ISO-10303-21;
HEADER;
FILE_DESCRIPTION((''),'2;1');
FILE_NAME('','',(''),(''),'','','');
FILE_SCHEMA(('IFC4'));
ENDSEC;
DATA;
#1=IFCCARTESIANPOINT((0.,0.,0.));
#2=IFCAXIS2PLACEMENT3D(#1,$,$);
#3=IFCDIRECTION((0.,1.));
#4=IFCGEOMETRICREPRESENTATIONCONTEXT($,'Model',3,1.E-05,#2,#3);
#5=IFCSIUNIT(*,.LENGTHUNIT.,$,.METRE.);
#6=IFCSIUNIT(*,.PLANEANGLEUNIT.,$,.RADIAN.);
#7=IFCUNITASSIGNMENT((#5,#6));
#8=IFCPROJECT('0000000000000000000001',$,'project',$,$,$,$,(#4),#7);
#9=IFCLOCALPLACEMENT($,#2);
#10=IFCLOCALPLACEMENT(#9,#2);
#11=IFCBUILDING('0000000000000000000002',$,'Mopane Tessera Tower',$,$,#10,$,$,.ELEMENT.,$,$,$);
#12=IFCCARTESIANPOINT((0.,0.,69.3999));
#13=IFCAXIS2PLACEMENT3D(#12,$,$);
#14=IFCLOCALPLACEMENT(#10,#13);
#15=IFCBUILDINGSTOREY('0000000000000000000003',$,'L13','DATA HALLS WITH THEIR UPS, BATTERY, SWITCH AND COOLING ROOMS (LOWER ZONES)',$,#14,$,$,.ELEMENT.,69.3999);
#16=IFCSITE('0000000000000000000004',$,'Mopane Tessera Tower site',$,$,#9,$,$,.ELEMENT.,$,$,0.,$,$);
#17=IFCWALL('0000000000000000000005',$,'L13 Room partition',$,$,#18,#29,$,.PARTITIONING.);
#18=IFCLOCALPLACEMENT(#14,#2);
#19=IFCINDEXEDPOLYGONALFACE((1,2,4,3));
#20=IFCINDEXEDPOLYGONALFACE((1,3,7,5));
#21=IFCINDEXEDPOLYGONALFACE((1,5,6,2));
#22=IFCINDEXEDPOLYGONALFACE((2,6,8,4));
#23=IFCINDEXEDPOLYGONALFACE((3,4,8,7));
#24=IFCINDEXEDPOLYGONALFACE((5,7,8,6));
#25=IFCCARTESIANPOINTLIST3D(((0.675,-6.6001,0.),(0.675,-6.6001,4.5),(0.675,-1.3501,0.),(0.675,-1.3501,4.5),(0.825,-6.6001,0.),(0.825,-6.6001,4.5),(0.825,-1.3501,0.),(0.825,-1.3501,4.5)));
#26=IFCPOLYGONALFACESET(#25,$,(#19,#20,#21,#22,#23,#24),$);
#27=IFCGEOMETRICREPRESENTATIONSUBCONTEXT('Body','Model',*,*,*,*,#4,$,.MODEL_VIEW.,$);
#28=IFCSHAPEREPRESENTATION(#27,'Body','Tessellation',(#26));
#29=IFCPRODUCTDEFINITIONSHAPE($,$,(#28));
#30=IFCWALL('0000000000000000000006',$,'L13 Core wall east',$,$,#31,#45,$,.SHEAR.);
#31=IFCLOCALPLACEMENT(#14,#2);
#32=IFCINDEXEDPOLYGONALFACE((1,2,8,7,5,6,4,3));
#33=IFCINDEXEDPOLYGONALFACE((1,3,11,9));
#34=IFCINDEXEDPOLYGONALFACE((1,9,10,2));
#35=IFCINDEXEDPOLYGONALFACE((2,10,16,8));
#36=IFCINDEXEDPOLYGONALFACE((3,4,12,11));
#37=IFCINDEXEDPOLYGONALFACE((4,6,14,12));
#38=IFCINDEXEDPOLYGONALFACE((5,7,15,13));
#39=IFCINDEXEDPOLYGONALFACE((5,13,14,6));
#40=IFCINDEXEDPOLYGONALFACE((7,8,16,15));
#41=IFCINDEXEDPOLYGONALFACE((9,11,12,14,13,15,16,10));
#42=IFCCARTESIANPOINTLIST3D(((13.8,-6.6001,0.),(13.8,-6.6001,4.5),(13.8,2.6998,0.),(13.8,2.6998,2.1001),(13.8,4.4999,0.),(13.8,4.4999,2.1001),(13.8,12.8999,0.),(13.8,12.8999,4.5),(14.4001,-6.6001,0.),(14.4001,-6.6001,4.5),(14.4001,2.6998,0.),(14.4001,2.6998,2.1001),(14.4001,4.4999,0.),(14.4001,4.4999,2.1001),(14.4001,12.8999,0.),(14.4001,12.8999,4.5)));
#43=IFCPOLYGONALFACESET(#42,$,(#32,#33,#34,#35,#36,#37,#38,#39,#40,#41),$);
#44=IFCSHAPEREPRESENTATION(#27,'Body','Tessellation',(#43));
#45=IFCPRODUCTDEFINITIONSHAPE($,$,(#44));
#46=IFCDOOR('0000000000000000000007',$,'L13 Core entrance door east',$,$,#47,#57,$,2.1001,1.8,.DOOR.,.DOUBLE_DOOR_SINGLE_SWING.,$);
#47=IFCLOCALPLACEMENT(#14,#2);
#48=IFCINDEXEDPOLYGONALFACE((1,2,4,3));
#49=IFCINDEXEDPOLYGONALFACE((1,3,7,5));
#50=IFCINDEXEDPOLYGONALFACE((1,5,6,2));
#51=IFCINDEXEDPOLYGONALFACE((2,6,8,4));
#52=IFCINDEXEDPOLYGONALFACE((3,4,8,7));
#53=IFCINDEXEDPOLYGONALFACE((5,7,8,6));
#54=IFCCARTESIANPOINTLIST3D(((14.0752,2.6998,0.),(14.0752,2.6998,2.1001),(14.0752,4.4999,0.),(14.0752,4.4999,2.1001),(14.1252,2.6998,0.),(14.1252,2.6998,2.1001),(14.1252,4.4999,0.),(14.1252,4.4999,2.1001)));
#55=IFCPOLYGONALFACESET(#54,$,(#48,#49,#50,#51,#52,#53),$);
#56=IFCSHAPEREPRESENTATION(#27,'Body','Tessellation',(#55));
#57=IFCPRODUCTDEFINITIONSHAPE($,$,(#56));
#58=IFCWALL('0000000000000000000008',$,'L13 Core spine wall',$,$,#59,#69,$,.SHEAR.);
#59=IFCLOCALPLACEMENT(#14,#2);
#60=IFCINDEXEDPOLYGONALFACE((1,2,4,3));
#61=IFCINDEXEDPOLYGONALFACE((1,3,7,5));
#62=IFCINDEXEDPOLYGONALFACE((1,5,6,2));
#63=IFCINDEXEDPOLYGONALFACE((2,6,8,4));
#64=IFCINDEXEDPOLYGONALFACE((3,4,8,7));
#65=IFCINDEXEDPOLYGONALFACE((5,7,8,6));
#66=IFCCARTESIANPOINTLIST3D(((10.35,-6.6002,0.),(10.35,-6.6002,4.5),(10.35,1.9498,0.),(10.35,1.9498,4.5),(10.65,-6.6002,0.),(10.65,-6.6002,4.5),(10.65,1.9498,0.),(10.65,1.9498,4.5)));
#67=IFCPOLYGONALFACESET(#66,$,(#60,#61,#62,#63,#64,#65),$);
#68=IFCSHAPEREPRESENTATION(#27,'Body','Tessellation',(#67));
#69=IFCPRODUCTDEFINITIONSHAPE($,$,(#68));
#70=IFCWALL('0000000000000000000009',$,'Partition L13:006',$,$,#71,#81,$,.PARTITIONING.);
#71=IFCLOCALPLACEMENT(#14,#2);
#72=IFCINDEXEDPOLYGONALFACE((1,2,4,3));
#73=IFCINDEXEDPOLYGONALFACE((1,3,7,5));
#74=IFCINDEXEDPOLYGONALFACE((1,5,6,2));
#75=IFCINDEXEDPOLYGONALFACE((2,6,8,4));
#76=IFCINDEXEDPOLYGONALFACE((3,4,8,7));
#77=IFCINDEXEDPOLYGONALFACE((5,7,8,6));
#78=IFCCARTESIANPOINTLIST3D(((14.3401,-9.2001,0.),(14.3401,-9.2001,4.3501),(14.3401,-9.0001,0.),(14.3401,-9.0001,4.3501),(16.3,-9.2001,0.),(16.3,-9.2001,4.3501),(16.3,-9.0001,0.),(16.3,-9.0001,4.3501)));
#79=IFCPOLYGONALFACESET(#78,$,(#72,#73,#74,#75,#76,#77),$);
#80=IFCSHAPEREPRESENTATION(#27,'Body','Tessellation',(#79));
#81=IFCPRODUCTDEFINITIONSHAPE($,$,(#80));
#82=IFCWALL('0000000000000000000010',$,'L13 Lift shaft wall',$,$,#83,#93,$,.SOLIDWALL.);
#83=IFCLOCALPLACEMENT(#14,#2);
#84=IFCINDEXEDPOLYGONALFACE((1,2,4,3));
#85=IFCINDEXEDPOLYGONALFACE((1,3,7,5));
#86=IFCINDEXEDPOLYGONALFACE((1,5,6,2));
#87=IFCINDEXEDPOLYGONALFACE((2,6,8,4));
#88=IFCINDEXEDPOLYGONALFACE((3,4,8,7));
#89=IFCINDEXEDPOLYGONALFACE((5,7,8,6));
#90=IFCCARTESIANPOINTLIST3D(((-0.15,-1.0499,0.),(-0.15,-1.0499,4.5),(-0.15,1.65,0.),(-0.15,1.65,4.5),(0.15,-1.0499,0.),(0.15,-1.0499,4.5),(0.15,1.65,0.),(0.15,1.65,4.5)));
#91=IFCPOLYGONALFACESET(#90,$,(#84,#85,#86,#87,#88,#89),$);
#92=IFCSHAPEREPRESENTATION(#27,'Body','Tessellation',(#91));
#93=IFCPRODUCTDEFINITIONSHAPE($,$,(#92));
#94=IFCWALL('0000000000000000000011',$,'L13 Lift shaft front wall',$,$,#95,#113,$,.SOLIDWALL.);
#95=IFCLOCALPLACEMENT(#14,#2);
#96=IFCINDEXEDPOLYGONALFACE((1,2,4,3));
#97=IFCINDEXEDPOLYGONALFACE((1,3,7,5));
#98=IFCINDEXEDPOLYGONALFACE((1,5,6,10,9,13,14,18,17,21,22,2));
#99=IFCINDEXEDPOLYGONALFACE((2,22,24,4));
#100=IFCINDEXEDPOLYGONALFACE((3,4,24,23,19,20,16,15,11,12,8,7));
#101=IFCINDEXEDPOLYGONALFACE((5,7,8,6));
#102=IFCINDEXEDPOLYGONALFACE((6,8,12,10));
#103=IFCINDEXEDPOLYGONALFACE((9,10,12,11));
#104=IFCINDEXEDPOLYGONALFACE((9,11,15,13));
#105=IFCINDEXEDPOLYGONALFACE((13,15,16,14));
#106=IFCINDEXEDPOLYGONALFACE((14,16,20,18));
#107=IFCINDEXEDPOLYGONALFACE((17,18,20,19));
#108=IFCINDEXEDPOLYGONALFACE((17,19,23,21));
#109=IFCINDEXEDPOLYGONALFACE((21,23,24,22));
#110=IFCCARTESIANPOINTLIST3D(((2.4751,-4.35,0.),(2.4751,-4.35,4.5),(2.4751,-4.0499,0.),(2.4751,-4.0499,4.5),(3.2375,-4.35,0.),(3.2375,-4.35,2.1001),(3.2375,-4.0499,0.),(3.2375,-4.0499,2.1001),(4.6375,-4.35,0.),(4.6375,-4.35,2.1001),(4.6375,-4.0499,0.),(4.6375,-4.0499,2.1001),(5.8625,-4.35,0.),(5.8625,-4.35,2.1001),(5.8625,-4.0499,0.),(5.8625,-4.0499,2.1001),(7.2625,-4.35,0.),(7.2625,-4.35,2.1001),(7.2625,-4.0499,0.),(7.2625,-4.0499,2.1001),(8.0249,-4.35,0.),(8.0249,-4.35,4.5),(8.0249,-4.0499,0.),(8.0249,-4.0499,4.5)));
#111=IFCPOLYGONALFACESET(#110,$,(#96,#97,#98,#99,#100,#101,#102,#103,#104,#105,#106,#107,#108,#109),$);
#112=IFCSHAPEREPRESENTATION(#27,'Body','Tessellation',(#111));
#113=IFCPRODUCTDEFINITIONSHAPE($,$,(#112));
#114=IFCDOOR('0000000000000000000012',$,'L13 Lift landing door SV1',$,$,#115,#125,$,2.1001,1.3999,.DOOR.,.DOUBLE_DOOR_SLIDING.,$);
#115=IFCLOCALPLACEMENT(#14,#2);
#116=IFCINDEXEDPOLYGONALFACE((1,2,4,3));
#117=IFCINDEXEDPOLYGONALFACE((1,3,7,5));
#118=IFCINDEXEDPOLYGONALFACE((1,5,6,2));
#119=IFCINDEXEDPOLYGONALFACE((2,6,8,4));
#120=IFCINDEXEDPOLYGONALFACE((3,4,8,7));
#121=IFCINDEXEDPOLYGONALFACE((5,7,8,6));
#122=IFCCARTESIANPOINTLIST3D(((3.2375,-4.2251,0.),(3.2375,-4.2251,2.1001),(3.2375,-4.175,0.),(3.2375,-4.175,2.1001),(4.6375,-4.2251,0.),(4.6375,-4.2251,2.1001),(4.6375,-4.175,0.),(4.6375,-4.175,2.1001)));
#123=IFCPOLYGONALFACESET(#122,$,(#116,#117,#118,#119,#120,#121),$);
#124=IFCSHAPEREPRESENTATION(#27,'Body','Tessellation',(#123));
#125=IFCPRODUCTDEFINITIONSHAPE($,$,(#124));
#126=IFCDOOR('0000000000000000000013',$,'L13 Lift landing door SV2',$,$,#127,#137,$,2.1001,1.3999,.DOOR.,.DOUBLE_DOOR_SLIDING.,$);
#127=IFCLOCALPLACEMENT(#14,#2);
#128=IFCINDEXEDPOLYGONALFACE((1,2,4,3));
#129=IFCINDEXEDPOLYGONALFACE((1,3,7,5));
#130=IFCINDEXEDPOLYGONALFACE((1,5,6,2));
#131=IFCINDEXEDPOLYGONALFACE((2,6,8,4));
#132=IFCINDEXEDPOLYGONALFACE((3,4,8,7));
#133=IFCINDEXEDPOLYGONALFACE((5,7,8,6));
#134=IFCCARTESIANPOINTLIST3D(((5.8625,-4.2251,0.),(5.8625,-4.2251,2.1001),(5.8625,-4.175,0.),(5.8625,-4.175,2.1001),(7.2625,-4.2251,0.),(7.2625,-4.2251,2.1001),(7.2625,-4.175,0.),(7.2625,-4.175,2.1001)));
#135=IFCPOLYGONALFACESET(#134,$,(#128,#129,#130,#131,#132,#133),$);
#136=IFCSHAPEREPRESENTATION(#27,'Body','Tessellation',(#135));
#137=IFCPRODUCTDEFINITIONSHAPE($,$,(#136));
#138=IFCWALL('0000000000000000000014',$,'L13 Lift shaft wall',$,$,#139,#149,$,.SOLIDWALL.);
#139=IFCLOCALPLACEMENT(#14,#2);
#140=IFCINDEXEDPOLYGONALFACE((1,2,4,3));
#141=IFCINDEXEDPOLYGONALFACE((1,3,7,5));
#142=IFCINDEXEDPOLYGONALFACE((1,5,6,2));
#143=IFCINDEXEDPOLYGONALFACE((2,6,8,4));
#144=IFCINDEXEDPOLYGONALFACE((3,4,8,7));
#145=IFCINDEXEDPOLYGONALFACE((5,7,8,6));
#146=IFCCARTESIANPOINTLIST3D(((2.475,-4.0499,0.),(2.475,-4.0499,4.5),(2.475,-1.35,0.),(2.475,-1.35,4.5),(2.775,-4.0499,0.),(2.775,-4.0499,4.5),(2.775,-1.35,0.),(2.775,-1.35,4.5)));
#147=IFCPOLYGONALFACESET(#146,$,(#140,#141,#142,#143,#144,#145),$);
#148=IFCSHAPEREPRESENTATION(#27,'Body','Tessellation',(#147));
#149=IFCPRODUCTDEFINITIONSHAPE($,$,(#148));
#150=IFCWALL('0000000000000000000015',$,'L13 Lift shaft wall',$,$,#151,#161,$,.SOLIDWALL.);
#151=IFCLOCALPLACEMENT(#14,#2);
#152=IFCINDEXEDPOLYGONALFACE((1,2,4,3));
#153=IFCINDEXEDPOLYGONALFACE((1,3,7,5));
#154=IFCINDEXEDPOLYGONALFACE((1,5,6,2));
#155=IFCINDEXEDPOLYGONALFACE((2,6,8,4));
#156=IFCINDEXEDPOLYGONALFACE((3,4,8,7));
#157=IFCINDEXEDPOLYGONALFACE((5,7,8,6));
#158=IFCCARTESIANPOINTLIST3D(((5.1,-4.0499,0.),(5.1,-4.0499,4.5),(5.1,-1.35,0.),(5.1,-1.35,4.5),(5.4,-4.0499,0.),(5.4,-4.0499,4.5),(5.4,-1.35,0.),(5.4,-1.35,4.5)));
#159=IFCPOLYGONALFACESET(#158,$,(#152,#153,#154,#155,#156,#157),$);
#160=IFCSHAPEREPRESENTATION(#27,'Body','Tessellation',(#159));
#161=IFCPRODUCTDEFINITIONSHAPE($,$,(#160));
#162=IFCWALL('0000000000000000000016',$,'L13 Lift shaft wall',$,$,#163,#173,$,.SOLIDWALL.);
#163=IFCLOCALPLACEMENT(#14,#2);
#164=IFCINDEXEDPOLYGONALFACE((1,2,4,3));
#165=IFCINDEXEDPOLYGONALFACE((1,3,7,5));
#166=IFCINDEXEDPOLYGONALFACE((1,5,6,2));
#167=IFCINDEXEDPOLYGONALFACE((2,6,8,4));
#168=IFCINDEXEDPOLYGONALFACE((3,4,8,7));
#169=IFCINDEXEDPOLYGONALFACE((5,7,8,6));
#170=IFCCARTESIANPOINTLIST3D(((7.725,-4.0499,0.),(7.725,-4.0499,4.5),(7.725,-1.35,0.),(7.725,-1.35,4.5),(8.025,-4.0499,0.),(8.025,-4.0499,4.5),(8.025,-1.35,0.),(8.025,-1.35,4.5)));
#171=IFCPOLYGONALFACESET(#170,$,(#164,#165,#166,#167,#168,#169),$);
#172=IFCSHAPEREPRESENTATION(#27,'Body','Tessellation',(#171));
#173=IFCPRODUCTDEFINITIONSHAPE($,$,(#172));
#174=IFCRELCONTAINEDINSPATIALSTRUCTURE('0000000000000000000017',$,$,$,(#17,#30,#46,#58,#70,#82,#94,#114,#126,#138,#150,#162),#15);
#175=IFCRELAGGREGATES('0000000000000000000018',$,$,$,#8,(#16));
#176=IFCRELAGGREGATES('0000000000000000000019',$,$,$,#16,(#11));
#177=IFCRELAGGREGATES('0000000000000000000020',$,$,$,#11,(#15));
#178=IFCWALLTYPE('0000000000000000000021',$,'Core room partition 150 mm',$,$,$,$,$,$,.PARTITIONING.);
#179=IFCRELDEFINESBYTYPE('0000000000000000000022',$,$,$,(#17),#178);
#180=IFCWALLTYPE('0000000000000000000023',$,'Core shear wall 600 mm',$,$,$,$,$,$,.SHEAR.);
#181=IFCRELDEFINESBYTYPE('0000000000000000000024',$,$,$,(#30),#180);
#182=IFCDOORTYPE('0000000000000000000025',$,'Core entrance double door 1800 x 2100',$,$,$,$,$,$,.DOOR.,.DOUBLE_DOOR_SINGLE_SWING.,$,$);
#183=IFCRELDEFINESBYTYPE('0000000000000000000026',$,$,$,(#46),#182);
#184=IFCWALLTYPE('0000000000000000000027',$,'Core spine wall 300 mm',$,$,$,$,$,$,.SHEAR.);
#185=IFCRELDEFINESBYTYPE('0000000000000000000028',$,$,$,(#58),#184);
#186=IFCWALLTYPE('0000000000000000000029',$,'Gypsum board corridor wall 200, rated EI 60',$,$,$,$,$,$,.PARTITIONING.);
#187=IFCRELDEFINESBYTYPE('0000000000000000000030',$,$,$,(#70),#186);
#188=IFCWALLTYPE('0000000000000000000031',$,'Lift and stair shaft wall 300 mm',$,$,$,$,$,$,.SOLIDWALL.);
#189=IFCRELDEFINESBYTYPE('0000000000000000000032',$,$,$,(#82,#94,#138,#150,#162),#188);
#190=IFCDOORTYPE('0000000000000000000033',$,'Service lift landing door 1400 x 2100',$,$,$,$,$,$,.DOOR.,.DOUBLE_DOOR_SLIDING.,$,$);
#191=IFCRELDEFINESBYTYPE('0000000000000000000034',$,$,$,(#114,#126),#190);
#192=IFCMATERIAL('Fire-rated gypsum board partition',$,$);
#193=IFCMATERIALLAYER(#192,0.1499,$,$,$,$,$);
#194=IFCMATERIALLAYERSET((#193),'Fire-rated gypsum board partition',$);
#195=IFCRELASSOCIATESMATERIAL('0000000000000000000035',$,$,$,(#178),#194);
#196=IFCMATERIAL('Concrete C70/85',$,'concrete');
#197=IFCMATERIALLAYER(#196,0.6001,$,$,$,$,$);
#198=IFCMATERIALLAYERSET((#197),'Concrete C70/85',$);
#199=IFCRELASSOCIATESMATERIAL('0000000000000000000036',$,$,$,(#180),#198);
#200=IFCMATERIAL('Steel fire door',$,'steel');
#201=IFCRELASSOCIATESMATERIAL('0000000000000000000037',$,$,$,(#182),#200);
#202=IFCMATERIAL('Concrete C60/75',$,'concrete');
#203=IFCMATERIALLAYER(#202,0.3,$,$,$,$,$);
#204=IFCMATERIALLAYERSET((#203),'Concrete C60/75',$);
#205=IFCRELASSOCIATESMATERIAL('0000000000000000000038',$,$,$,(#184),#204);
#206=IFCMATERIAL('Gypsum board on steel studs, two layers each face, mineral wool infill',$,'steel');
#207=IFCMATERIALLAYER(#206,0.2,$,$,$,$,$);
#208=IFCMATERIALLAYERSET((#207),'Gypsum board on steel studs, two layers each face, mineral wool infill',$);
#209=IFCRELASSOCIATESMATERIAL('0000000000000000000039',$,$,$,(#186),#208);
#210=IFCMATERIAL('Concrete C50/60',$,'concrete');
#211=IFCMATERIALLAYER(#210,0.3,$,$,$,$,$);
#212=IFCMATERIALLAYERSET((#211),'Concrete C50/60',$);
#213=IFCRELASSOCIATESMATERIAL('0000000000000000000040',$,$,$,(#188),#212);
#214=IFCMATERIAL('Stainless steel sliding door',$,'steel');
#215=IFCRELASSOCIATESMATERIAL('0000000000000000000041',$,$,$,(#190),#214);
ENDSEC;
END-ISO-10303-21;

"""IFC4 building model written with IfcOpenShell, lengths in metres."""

from ifc_helpers import new_model, si_unit, direction, frame, frame_2d, origin, place, context, subcontext, project, spatial, rectangle, extrude, material, layer, layer_set, type_object, element, fill, save


model = new_model("IFC4")

# Units and contexts
model_context = context("Model", 3, precision=1e-05, world=origin(), true_north=direction((0.0, 1.0)))
body_context = subcontext(model_context, "Body", "Model", "MODEL_VIEW")
ifc_project = project(units=[si_unit("LENGTHUNIT", "METRE"), si_unit("PLANEANGLEUNIT", "RADIAN")], contexts=[model_context])

# Site, building, storey
site_placement = place(None, origin())
site = spatial("IfcSite", under=ifc_project, at=site_placement, Name="Mopane Tessera Tower site", CompositionType="ELEMENT", RefElevation=0.0)
building_placement = place(site_placement, origin())
building = spatial("IfcBuilding", under=site, at=building_placement, Name="Mopane Tessera Tower", CompositionType="ELEMENT")
storey_placement = place(building_placement, frame((0.0, 0.0, 69.3999)))
storey = spatial("IfcBuildingStorey", under=building, at=storey_placement, Name="L13", Description="DATA HALLS WITH THEIR UPS, BATTERY, SWITCH AND COOLING ROOMS (LOWER ZONES)", CompositionType="ELEMENT", Elevation=69.3999)

# Wall
ifc_material_1 = material(Name="Fire-rated gypsum board partition")
ifc_layer_1 = layer(ifc_material_1, 0.1499)
ifc_layer_set_1 = layer_set([ifc_layer_1], Name="Fire-rated gypsum board partition")
wall_type_1 = type_object("IfcWallType", Name="Core room partition 150 mm", PredefinedType="PARTITIONING", material=ifc_layer_set_1)
wall_1_placement = place(storey_placement, frame((0.75, -6.6001, 0.0), z_axis=(0.0, 0.0, 1.0), x_axis=(0.0, 1.0, 0.0)))
element("IfcWall", 1, at=wall_1_placement, inside=storey, type_object=wall_type_1, Name="L13 Room partition", PredefinedType="PARTITIONING", context=body_context, shape_type="SweptSolid", body=[
    extrude(rectangle(XDim=5.25, YDim=0.1499, at=frame_2d((2.625, 0.0))), origin(), (0.0, 0.0, 1.0), 4.5),
])

# Wall, opening, door
ifc_material_2 = material(Name="Concrete C70/85", Category="concrete")
ifc_layer_2 = layer(ifc_material_2, 0.6001)
ifc_layer_set_2 = layer_set([ifc_layer_2], Name="Concrete C70/85")
wall_type_2 = type_object("IfcWallType", Name="Core shear wall 600 mm", PredefinedType="SHEAR", material=ifc_layer_set_2)
wall_2_placement = place(storey_placement, frame((14.1001, -6.6001, 0.0), z_axis=(0.0, 0.0, 1.0), x_axis=(0.0, 1.0, 0.0)))
wall_2 = element("IfcWall", 2, at=wall_2_placement, inside=storey, type_object=wall_type_2, Name="L13 Core wall east", PredefinedType="SHEAR", context=body_context, shape_type="SweptSolid", body=[
    extrude(rectangle(XDim=19.5, YDim=0.6001, at=frame_2d((9.75, 0.0))), origin(), (0.0, 0.0, 1.0), 4.5),
])
opening_1_placement = place(wall_2_placement, frame((9.3, 0.0, 0.0)))
opening_1 = element("IfcOpeningElement", 3, at=opening_1_placement, cuts=wall_2, PredefinedType="OPENING", context=body_context, shape_type="SweptSolid", body=[
    extrude(rectangle(XDim=1.8, YDim=2.1001, at=frame_2d((0.8999, 1.05))), frame((0.0, 0.312, 0.0), z_axis=(0.0, -1.0, 0.0), x_axis=(1.0, 0.0, 0.0)), (0.0, 0.0, 1.0), 0.624),
])
ifc_material_3 = material(Name="Steel fire door", Category="steel")
door_type_1 = type_object("IfcDoorType", Name="Core entrance double door 1800 x 2100", OperationType="DOUBLE_DOOR_SINGLE_SWING", PredefinedType="DOOR", material=ifc_material_3)
door_1_placement = place(opening_1_placement, origin())
door_1 = element("IfcDoor", 4, at=door_1_placement, inside=storey, type_object=door_type_1, Name="L13 Core entrance door east", OperationType="DOUBLE_DOOR_SINGLE_SWING", OverallHeight=2.1001, OverallWidth=1.8, PredefinedType="DOOR", context=body_context, shape_type="SweptSolid", body=[
    extrude(rectangle(XDim=1.8, YDim=2.1001, at=frame_2d((0.8999, 1.05))), frame((0.0, 0.0249, 0.0), z_axis=(0.0, -1.0, 0.0), x_axis=(1.0, 0.0, 0.0)), (0.0, 0.0, 1.0), 0.05),
])
fill(opening_1, door_1)

# Walls
ifc_material_4 = material(Name="Concrete C60/75", Category="concrete")
ifc_layer_3 = layer(ifc_material_4, 0.3)
ifc_layer_set_3 = layer_set([ifc_layer_3], Name="Concrete C60/75")
wall_type_3 = type_object("IfcWallType", Name="Core spine wall 300 mm", PredefinedType="SHEAR", material=ifc_layer_set_3)
wall_3_placement = place(storey_placement, frame((10.5, -6.6001, 0.0), z_axis=(0.0, 0.0, 1.0), x_axis=(0.0, 1.0, 0.0)))
element("IfcWall", 5, at=wall_3_placement, inside=storey, type_object=wall_type_3, Name="L13 Core spine wall", PredefinedType="SHEAR", context=body_context, shape_type="SweptSolid", body=[
    extrude(rectangle(XDim=8.55, YDim=0.3, at=frame_2d((4.2749, 0.0))), origin(), (0.0, 0.0, 1.0), 4.5),
])
ifc_material_5 = material(Name="Gypsum board on steel studs, two layers each face, mineral wool infill", Category="steel")
ifc_layer_4 = layer(ifc_material_5, 0.2)
ifc_layer_set_4 = layer_set([ifc_layer_4], Name="Gypsum board on steel studs, two layers each face, mineral wool infill")
wall_type_4 = type_object("IfcWallType", Name="Gypsum board corridor wall 200, rated EI 60", PredefinedType="PARTITIONING", material=ifc_layer_set_4)
wall_4_placement = place(storey_placement, frame((14.3401, -9.1001, 0.0), z_axis=(0.0, 0.0, 1.0), x_axis=(1.0, 0.0, 0.0)))
element("IfcWall", 6, at=wall_4_placement, inside=storey, type_object=wall_type_4, Name="Partition L13:006", PredefinedType="PARTITIONING", context=body_context, shape_type="SweptSolid", body=[
    extrude(rectangle(XDim=1.96, YDim=0.2, at=frame_2d((0.98, 0.0))), origin(), (0.0, 0.0, 1.0), 4.3501),
])
ifc_material_6 = material(Name="Concrete C50/60", Category="concrete")
ifc_layer_5 = layer(ifc_material_6, 0.3)
ifc_layer_set_5 = layer_set([ifc_layer_5], Name="Concrete C50/60")
wall_type_5 = type_object("IfcWallType", Name="Lift and stair shaft wall 300 mm", PredefinedType="SOLIDWALL", material=ifc_layer_set_5)
wall_5_placement = place(storey_placement, frame((0.0, -1.05, 0.0), z_axis=(0.0, 0.0, 1.0), x_axis=(0.0, 1.0, 0.0)))
element("IfcWall", 7, at=wall_5_placement, inside=storey, type_object=wall_type_5, Name="L13 Lift shaft wall", PredefinedType="SOLIDWALL", context=body_context, shape_type="SweptSolid", body=[
    extrude(rectangle(XDim=2.7, YDim=0.3, at=frame_2d((1.3501, 0.0))), origin(), (0.0, 0.0, 1.0), 4.5),
])

# Wall, openings, doors
wall_6_placement = place(storey_placement, frame((2.4751, -4.2, 0.0), z_axis=(0.0, 0.0, 1.0), x_axis=(1.0, 0.0, 0.0)))
wall_6 = element("IfcWall", 8, at=wall_6_placement, inside=storey, type_object=wall_type_5, Name="L13 Lift shaft front wall", PredefinedType="SOLIDWALL", context=body_context, shape_type="SweptSolid", body=[
    extrude(rectangle(XDim=5.5498, YDim=0.3, at=frame_2d((2.7749, 0.0))), origin(), (0.0, 0.0, 1.0), 4.5),
])
opening_2_placement = place(wall_6_placement, frame((0.7625, 0.0, 0.0)))
opening_2 = element("IfcOpeningElement", 9, at=opening_2_placement, cuts=wall_6, PredefinedType="OPENING", context=body_context, shape_type="SweptSolid", body=[
    extrude(rectangle(XDim=1.3999, YDim=2.1001, at=frame_2d((0.7, 1.05))), frame((0.0, 0.1621, 0.0), z_axis=(0.0, -1.0, 0.0), x_axis=(1.0, 0.0, 0.0)), (0.0, 0.0, 1.0), 0.324),
])
opening_3_placement = place(wall_6_placement, frame((3.3875, 0.0, 0.0)))
opening_3 = element("IfcOpeningElement", 10, at=opening_3_placement, cuts=wall_6, PredefinedType="OPENING", context=body_context, shape_type="SweptSolid", body=[
    extrude(rectangle(XDim=1.3999, YDim=2.1001, at=frame_2d((0.7, 1.05))), frame((0.0, 0.1621, 0.0), z_axis=(0.0, -1.0, 0.0), x_axis=(1.0, 0.0, 0.0)), (0.0, 0.0, 1.0), 0.324),
])
ifc_material_7 = material(Name="Stainless steel sliding door", Category="steel")
door_type_2 = type_object("IfcDoorType", Name="Service lift landing door 1400 x 2100", OperationType="DOUBLE_DOOR_SLIDING", PredefinedType="DOOR", material=ifc_material_7)
door_2_placement = place(opening_2_placement, origin())
door_2 = element("IfcDoor", 11, at=door_2_placement, inside=storey, type_object=door_type_2, Name="L13 Lift landing door SV1", OperationType="DOUBLE_DOOR_SLIDING", OverallHeight=2.1001, OverallWidth=1.3999, PredefinedType="DOOR", context=body_context, shape_type="SweptSolid", body=[
    extrude(rectangle(XDim=1.3999, YDim=2.1001, at=frame_2d((0.7, 1.05))), frame((0.0, 0.0249, 0.0), z_axis=(0.0, -1.0, 0.0), x_axis=(1.0, 0.0, 0.0)), (0.0, 0.0, 1.0), 0.05),
])
fill(opening_2, door_2)
door_3_placement = place(opening_3_placement, origin())
door_3 = element("IfcDoor", 12, at=door_3_placement, inside=storey, type_object=door_type_2, Name="L13 Lift landing door SV2", OperationType="DOUBLE_DOOR_SLIDING", OverallHeight=2.1001, OverallWidth=1.3999, PredefinedType="DOOR", context=body_context, shape_type="SweptSolid", body=[
    extrude(rectangle(XDim=1.3999, YDim=2.1001, at=frame_2d((0.7, 1.05))), frame((0.0, 0.0249, 0.0), z_axis=(0.0, -1.0, 0.0), x_axis=(1.0, 0.0, 0.0)), (0.0, 0.0, 1.0), 0.05),
])
fill(opening_3, door_3)

# Walls
for number, where, z_axis, x_axis, name in (
    (13, (2.625, -4.05, 0.0), (0.0, 0.0, 1.0), (0.0, 1.0, 0.0), "L13 Lift shaft wall"),
    (14, (5.25, -4.05, 0.0), (0.0, 0.0, 1.0), (0.0, 1.0, 0.0), "L13 Lift shaft wall"),
    (15, (7.875, -4.05, 0.0), (0.0, 0.0, 1.0), (0.0, 1.0, 0.0), "L13 Lift shaft wall"),
):
    element("IfcWall", number, at=place(storey_placement, frame(where, z_axis=z_axis, x_axis=x_axis)), inside=storey, type_object=wall_type_5, Name=name, PredefinedType="SOLIDWALL", context=body_context, shape_type="SweptSolid", body=[
        extrude(rectangle(XDim=2.7, YDim=0.3, at=frame_2d((1.3501, 0.0))), origin(), (0.0, 0.0, 1.0), 4.5),
    ])

save(model, "model.ifc")
